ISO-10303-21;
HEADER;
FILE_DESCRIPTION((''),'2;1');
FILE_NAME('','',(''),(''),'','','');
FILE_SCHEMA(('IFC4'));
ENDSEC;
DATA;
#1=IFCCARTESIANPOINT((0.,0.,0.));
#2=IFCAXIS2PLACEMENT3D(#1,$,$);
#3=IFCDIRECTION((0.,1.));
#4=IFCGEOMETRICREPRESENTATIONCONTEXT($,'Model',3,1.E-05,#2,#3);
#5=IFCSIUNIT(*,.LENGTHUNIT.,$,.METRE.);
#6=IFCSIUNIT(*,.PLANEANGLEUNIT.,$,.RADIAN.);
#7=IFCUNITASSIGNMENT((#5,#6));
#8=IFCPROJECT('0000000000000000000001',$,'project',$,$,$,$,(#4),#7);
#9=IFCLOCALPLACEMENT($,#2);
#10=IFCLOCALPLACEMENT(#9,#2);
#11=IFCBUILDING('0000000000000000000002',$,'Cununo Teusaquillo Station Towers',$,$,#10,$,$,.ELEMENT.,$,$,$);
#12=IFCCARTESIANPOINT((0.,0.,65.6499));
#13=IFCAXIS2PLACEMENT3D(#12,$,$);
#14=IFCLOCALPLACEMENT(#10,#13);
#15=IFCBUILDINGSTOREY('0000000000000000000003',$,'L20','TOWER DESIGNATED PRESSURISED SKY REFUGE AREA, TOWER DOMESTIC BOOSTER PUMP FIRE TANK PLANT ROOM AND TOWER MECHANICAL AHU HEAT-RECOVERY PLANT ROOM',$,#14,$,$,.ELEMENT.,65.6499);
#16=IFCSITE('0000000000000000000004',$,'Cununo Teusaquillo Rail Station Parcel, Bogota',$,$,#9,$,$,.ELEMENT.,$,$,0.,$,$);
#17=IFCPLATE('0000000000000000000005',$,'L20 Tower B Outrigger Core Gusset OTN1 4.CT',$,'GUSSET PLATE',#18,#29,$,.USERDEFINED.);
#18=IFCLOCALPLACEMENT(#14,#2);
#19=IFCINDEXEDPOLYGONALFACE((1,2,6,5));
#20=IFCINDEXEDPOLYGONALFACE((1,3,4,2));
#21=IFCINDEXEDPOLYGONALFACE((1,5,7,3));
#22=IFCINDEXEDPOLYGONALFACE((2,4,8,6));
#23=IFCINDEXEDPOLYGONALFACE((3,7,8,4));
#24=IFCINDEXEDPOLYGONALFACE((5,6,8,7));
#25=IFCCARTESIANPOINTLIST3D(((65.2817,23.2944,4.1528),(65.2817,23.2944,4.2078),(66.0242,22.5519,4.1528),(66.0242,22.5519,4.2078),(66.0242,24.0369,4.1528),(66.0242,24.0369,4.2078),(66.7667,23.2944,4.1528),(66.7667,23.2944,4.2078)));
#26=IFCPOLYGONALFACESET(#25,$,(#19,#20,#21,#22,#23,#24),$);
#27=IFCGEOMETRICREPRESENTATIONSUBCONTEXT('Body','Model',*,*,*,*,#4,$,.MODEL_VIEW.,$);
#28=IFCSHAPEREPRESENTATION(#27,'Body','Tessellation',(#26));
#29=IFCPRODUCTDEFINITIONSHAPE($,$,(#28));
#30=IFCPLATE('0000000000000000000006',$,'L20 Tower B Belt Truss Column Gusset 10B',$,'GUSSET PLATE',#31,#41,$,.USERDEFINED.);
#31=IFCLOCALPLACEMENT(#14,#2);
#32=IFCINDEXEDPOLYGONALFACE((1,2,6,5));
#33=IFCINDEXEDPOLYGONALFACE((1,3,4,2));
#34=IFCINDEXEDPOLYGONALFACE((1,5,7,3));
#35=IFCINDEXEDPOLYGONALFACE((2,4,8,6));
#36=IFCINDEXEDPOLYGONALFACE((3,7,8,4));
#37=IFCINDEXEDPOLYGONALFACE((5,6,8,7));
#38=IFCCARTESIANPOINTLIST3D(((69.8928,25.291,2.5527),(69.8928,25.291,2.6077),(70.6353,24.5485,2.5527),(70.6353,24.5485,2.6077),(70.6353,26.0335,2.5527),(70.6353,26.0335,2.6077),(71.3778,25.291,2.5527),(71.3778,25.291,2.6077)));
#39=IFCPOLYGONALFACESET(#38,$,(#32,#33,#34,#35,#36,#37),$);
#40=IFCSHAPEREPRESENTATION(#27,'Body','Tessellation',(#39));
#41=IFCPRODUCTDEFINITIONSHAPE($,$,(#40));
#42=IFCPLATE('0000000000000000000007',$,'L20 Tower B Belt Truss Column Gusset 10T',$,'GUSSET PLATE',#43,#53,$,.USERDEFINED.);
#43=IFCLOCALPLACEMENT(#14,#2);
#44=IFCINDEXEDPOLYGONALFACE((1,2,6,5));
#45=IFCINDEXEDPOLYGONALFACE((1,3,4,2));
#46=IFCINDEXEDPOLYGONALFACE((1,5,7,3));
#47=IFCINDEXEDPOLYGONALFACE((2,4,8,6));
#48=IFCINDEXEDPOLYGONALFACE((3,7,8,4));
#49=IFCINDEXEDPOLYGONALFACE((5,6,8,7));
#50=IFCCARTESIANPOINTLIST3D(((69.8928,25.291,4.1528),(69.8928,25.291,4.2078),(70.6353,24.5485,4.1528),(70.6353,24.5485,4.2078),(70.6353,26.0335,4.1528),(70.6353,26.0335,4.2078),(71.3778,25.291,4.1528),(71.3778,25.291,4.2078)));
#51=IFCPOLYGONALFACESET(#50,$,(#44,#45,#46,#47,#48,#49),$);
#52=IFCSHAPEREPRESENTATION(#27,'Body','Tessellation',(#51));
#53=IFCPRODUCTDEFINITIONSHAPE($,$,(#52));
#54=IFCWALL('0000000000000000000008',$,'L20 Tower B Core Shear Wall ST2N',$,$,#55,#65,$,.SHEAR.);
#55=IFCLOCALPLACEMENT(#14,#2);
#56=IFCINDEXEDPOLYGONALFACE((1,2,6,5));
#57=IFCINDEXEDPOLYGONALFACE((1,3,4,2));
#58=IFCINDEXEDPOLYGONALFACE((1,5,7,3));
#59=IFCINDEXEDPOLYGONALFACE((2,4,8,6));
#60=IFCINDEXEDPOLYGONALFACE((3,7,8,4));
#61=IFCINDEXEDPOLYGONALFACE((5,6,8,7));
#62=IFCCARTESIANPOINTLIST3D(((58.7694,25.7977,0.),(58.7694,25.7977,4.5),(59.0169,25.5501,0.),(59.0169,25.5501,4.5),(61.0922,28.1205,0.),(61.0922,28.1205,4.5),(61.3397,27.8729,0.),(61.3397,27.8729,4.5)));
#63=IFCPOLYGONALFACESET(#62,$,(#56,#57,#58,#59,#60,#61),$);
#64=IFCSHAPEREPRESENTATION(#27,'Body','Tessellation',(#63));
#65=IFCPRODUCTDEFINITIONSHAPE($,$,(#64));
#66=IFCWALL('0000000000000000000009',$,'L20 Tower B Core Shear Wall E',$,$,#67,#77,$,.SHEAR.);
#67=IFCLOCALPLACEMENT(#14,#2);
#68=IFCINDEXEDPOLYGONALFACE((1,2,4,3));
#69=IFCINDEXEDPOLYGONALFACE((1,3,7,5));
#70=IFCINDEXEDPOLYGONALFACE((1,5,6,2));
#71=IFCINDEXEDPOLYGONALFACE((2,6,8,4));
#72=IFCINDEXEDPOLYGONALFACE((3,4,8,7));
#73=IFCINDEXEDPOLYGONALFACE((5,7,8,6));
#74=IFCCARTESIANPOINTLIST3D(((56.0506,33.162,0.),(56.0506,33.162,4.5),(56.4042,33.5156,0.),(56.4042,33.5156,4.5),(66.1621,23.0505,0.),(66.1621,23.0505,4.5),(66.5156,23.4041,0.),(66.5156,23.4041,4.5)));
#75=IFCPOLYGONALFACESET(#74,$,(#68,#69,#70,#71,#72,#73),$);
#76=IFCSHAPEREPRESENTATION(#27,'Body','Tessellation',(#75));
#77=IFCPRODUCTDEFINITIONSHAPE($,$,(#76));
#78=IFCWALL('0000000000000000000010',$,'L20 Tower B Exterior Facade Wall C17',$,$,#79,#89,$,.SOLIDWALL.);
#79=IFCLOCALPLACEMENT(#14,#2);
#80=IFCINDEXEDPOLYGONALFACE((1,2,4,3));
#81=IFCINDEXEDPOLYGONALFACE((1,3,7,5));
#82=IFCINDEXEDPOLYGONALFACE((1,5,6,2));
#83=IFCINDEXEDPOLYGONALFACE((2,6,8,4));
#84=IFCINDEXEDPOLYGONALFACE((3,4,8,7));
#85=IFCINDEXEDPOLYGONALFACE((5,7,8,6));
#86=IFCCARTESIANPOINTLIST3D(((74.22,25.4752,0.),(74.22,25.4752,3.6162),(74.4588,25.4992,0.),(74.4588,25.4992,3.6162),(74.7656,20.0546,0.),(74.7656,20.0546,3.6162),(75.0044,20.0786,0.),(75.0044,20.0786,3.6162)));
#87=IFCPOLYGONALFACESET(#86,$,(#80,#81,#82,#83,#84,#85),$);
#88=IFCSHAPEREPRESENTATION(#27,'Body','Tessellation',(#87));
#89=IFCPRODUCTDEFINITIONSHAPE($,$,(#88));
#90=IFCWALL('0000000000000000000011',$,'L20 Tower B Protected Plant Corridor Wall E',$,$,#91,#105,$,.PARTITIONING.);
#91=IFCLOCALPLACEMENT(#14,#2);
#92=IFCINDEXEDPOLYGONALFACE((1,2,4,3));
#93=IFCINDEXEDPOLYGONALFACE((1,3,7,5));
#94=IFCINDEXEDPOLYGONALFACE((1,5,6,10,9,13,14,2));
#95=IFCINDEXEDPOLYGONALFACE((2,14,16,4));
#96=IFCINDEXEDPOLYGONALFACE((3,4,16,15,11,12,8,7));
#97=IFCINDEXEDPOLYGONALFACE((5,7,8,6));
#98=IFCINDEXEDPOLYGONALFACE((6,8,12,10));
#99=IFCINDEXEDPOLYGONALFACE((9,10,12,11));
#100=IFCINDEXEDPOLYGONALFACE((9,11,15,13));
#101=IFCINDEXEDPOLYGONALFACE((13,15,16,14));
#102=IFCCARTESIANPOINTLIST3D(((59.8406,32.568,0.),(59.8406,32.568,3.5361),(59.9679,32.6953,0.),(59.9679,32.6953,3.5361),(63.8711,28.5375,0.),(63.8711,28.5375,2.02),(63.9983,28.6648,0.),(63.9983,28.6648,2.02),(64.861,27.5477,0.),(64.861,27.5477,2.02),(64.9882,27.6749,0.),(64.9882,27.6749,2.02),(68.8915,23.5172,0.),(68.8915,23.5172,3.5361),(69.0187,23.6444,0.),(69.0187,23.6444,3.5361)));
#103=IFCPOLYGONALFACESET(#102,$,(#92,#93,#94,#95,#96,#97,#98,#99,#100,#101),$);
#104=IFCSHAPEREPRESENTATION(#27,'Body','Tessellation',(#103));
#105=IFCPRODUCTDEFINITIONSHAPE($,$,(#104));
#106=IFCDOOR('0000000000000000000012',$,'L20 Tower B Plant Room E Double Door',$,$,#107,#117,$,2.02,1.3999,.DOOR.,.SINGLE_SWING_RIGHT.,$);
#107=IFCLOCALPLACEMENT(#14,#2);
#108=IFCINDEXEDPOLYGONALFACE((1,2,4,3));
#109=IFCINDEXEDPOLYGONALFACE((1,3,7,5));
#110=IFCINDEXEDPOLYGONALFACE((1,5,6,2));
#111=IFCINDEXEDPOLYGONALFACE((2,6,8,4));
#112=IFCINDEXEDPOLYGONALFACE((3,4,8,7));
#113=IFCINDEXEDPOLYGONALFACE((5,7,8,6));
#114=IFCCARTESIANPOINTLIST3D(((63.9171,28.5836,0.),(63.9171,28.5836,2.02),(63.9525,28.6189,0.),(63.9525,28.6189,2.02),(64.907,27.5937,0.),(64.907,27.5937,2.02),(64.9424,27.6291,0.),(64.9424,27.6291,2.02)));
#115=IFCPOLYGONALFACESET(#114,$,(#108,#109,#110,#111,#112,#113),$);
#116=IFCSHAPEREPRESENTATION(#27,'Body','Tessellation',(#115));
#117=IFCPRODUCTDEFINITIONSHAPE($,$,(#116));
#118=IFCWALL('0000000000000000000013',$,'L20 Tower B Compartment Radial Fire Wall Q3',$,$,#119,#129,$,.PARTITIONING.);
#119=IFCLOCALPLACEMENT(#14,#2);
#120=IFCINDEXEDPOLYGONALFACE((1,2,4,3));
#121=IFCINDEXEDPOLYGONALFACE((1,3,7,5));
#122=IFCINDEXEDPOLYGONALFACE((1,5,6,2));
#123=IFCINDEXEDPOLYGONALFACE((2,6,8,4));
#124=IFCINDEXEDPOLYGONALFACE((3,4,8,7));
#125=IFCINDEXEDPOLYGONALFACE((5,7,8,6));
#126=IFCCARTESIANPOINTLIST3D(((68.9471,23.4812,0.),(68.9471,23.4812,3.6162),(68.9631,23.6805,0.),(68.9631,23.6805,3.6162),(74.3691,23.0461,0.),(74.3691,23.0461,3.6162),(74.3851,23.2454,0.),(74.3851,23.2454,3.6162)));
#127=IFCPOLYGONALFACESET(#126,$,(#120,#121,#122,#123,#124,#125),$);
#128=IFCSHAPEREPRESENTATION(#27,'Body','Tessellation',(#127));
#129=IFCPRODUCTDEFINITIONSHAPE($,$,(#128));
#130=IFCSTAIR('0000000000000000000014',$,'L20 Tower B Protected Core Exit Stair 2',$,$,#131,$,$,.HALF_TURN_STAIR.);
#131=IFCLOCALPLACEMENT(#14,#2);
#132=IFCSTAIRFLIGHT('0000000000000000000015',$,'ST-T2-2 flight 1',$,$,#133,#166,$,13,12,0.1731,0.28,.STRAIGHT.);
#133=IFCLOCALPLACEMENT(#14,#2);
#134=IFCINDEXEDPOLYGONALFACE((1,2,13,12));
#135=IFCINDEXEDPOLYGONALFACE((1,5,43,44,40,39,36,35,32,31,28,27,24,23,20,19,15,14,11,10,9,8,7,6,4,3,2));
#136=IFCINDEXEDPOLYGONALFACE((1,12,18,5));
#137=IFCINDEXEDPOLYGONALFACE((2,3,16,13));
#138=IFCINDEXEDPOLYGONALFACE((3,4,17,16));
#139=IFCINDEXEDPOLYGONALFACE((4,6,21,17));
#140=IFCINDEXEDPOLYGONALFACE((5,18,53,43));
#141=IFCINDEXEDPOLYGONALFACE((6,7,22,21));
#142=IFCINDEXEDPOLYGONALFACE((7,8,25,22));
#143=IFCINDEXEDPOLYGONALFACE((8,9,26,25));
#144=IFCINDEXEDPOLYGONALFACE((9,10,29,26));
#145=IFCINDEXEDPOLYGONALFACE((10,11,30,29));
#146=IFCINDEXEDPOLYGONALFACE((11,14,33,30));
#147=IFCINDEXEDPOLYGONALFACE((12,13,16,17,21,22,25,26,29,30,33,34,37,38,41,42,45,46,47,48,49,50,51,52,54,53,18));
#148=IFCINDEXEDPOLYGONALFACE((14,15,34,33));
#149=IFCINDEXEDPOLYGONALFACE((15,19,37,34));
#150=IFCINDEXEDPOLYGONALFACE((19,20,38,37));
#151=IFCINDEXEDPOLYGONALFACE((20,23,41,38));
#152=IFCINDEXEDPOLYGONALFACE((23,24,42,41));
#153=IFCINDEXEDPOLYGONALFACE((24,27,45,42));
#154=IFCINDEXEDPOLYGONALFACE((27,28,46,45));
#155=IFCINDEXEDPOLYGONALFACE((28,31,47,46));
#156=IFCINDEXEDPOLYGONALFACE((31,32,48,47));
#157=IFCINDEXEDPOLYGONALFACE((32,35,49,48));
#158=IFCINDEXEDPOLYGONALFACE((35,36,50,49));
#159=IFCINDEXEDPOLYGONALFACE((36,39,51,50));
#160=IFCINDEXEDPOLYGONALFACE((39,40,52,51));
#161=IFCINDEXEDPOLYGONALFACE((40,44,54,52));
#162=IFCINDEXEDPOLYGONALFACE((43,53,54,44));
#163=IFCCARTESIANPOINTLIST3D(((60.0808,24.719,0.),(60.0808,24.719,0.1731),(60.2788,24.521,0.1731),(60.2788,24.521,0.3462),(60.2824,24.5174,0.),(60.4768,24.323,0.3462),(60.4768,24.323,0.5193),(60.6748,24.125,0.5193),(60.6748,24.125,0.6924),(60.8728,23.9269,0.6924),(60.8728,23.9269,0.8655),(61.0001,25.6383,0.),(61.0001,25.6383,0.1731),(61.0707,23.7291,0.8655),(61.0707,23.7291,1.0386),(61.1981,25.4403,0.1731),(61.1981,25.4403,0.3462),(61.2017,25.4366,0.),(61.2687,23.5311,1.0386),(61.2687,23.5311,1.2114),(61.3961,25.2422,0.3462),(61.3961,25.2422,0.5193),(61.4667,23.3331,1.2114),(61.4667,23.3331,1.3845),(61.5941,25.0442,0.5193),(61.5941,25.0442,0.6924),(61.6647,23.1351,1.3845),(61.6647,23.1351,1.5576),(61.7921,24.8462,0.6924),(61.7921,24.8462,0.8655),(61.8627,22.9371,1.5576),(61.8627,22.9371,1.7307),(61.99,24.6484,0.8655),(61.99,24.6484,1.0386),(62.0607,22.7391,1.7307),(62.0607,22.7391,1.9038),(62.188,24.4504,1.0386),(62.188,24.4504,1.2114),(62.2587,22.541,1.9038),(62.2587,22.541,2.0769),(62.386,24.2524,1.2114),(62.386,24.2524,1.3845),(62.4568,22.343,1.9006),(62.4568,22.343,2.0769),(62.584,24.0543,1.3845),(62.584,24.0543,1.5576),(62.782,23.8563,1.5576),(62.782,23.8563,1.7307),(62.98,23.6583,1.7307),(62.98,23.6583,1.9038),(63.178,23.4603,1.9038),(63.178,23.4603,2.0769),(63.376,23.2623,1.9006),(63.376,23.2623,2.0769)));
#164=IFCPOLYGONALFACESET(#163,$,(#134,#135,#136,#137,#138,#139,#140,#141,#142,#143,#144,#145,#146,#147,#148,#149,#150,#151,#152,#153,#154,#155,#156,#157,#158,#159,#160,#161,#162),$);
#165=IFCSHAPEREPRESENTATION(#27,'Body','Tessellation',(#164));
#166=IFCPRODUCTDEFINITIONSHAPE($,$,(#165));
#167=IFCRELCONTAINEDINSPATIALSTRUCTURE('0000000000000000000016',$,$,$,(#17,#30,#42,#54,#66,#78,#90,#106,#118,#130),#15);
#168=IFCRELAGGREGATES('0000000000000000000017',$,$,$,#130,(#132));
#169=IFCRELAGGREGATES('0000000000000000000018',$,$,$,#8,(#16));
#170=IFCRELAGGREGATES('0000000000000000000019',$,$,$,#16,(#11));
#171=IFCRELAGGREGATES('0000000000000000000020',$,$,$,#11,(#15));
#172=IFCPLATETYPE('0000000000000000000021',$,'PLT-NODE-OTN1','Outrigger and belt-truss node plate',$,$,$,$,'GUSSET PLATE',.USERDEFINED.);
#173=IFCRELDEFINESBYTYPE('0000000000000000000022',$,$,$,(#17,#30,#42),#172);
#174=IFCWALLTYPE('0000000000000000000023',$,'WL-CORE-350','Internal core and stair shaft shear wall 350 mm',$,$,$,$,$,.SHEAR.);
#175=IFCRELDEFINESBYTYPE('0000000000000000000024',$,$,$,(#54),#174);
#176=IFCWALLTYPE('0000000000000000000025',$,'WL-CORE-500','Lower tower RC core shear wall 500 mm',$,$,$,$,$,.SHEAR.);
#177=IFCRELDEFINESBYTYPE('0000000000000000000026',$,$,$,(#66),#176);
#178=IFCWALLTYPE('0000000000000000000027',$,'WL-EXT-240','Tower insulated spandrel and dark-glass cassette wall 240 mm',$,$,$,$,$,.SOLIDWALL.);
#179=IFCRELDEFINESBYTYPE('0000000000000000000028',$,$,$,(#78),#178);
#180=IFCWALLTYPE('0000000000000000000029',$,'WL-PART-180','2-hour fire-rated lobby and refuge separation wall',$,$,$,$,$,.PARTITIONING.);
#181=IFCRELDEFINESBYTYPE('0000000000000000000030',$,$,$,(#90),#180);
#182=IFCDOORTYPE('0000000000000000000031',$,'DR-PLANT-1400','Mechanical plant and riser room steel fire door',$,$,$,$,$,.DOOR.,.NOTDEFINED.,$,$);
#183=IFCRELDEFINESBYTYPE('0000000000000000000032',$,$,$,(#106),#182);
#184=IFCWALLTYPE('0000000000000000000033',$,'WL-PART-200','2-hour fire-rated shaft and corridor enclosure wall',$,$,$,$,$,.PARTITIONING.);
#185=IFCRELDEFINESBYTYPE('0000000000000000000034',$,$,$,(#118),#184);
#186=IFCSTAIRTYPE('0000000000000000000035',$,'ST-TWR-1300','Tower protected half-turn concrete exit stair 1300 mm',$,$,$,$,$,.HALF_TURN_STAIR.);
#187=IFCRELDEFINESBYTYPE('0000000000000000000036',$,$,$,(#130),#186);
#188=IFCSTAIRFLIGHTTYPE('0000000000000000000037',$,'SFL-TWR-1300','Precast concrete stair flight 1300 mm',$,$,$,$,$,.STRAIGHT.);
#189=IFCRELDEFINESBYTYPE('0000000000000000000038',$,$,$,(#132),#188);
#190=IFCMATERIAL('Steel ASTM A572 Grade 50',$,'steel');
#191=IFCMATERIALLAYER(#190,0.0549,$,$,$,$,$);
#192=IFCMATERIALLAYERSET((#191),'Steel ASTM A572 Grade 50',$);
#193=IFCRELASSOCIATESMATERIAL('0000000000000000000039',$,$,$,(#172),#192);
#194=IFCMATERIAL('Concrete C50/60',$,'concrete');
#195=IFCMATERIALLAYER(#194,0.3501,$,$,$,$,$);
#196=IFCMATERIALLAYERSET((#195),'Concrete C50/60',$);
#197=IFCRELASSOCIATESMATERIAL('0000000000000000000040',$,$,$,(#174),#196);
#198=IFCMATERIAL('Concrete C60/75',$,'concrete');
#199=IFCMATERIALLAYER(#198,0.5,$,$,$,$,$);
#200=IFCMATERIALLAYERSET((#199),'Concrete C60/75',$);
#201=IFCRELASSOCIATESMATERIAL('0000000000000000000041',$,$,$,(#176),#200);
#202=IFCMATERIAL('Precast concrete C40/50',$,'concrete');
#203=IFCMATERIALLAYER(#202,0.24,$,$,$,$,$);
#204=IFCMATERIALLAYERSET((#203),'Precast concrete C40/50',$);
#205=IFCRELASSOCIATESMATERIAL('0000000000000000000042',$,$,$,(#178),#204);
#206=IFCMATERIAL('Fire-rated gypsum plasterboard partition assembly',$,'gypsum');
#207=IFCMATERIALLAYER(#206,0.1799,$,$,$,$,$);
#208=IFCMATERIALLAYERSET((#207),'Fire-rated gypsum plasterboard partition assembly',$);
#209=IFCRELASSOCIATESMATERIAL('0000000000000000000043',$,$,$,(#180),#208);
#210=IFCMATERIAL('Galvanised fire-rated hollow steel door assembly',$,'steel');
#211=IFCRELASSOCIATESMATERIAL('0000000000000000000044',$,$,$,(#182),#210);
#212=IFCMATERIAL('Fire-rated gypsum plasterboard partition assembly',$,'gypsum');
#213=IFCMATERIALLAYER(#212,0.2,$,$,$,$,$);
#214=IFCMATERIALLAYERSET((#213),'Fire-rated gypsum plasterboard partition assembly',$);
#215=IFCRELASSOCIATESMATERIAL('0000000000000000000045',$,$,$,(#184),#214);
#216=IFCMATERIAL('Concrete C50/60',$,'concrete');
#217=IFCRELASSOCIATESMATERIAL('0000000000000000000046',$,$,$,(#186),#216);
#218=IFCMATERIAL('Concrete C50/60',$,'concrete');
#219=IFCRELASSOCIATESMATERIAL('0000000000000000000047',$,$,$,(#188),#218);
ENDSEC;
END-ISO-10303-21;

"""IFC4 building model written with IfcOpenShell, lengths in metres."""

from ifc_helpers import new_model, si_unit, direction, frame, frame_2d, origin, origin_2d, place, context, subcontext, project, spatial, polyline, rectangle, outline, extrude, source, transform, mapped, material, layer, layer_set, type_object, element, fill, aggregate, save


model = new_model("IFC4")

# Units and contexts
model_context = context("Model", 3, precision=1e-05, world=origin(), true_north=direction((0.0, 1.0)))
body_context = subcontext(model_context, "Body", "Model", "MODEL_VIEW")
ifc_project = project(units=[si_unit("LENGTHUNIT", "METRE"), si_unit("PLANEANGLEUNIT", "RADIAN")], contexts=[model_context])

# Site, building, storey
site_placement = place(None, origin())
site = spatial("IfcSite", under=ifc_project, at=site_placement, Name="Cununo Teusaquillo Rail Station Parcel, Bogota", CompositionType="ELEMENT", RefElevation=0.0)
building_placement = place(site_placement, origin())
building = spatial("IfcBuilding", under=site, at=building_placement, Name="Cununo Teusaquillo Station Towers", CompositionType="ELEMENT")
storey_placement = place(building_placement, frame((0.0, 0.0, 65.6499)))
storey = spatial("IfcBuildingStorey", under=building, at=storey_placement, Name="L20", Description="TOWER DESIGNATED PRESSURISED SKY REFUGE AREA, TOWER DOMESTIC BOOSTER PUMP FIRE TANK PLANT ROOM AND TOWER MECHANICAL AHU HEAT-RECOVERY PLANT ROOM", CompositionType="ELEMENT", Elevation=65.6499)

# Plates
ifc_material_1 = material(Name="Steel ASTM A572 Grade 50", Category="steel")
ifc_layer_1 = layer(ifc_material_1, 0.0549)
ifc_layer_set_1 = layer_set([ifc_layer_1], Name="Steel ASTM A572 Grade 50")
plate_type_1 = type_object("IfcPlateType", Name="PLT-NODE-OTN1", Description="Outrigger and belt-truss node plate", ElementType="GUSSET PLATE", PredefinedType="USERDEFINED", material=ifc_layer_set_1)
shared_shape_1 = source(origin(), body_context, "Body", "SweptSolid", [
    extrude(rectangle(XDim=1.05, YDim=1.05, at=origin_2d()), origin(), (0.0, 0.0, 1.0), 0.0549),
])
for number, where, z_axis, x_axis, name in (
    (1, (66.0242, 23.2944, 4.1528), (0.0, 0.0, 1.0), (0.707107, 0.707107, 0.0), "L20 Tower B Outrigger Core Gusset OTN1 4.CT"),
    (2, (70.6353, 25.291, 2.5527), (0.0, 0.0, 1.0), (0.707107, 0.707107, 0.0), "L20 Tower B Belt Truss Column Gusset 10B"),
    (3, (70.6353, 25.291, 4.1528), (0.0, 0.0, 1.0), (0.707107, 0.707107, 0.0), "L20 Tower B Belt Truss Column Gusset 10T"),
):
    element("IfcPlate", number, at=place(storey_placement, frame(where, z_axis=z_axis, x_axis=x_axis)), inside=storey, type_object=plate_type_1, Name=name, ObjectType="GUSSET PLATE", PredefinedType="USERDEFINED", context=body_context, shape_type="MappedRepresentation", body=[
        mapped(shared_shape_1, transform((0.0, 0.0, 0.0), x_axis=(1.0, 0.0, 0.0), y_axis=(0.0, 1.0, 0.0), z_axis=(0.0, 0.0, 1.0), scale=1.0)),
    ])

# Walls
ifc_material_2 = material(Name="Concrete C50/60", Category="concrete")
ifc_layer_2 = layer(ifc_material_2, 0.3501)
ifc_layer_set_2 = layer_set([ifc_layer_2], Name="Concrete C50/60")
wall_type_1 = type_object("IfcWallType", Name="WL-CORE-350", Description="Internal core and stair shaft shear wall 350 mm", PredefinedType="SHEAR", material=ifc_layer_set_2)
wall_1_placement = place(storey_placement, frame((58.8931, 25.6738, 0.0), z_axis=(0.0, 0.0, 1.0), x_axis=(0.707107, 0.707107, 0.0)))
element("IfcWall", 4, at=wall_1_placement, inside=storey, type_object=wall_type_1, Name="L20 Tower B Core Shear Wall ST2N", PredefinedType="SHEAR", context=body_context, shape_type="SweptSolid", body=[
    extrude(rectangle(XDim=3.2849, YDim=0.3501, at=frame_2d((1.6426, 0.0))), origin(), (0.0, 0.0, 1.0), 4.5),
])
ifc_material_3 = material(Name="Concrete C60/75", Category="concrete")
ifc_layer_3 = layer(ifc_material_3, 0.5)
ifc_layer_set_3 = layer_set([ifc_layer_3], Name="Concrete C60/75")
wall_type_2 = type_object("IfcWallType", Name="WL-CORE-500", Description="Lower tower RC core shear wall 500 mm", PredefinedType="SHEAR", material=ifc_layer_set_3)
wall_2_placement = place(storey_placement, frame((66.3389, 23.2273, 0.0), z_axis=(0.0, 0.0, 1.0), x_axis=(-0.707107, 0.707107, 0.0)))
element("IfcWall", 5, at=wall_2_placement, inside=storey, type_object=wall_type_2, Name="L20 Tower B Core Shear Wall E", PredefinedType="SHEAR", context=body_context, shape_type="SweptSolid", body=[
    extrude(rectangle(XDim=14.2998, YDim=0.5, at=frame_2d((7.1499, 0.0))), origin(), (0.0, 0.0, 1.0), 4.5),
])
ifc_material_4 = material(Name="Precast concrete C40/50", Category="concrete")
ifc_layer_4 = layer(ifc_material_4, 0.24)
ifc_layer_set_4 = layer_set([ifc_layer_4], Name="Precast concrete C40/50")
wall_type_3 = type_object("IfcWallType", Name="WL-EXT-240", Description="Tower insulated spandrel and dark-glass cassette wall 240 mm", PredefinedType="SOLIDWALL", material=ifc_layer_set_4)
wall_3_placement = place(storey_placement, frame((74.3394, 25.4873, 0.0), z_axis=(0.0, 0.0, 1.0), x_axis=(0.100156, -0.994972, 0.0)))
element("IfcWall", 6, at=wall_3_placement, inside=storey, type_object=wall_type_3, Name="L20 Tower B Exterior Facade Wall C17", PredefinedType="SOLIDWALL", context=body_context, shape_type="SweptSolid", body=[
    extrude(rectangle(XDim=5.448, YDim=0.24, at=frame_2d((2.7241, 0.0))), origin(), (0.0, 0.0, 1.0), 3.6162),
])

# Wall, opening, door
ifc_material_5 = material(Name="Fire-rated gypsum plasterboard partition assembly", Category="gypsum")
ifc_layer_5 = layer(ifc_material_5, 0.1799)
ifc_layer_set_5 = layer_set([ifc_layer_5], Name="Fire-rated gypsum plasterboard partition assembly")
wall_type_4 = type_object("IfcWallType", Name="WL-PART-180", Description="2-hour fire-rated lobby and refuge separation wall", PredefinedType="PARTITIONING", material=ifc_layer_set_5)
wall_4_placement = place(storey_placement, frame((68.9551, 23.5808, 0.0), z_axis=(0.0, 0.0, 1.0), x_axis=(-0.707107, 0.707107, 0.0)))
wall_4 = element("IfcWall", 7, at=wall_4_placement, inside=storey, type_object=wall_type_4, Name="L20 Tower B Protected Plant Corridor Wall E", PredefinedType="PARTITIONING", context=body_context, shape_type="SweptSolid", body=[
    extrude(rectangle(XDim=12.7998, YDim=0.1799, at=frame_2d((6.3999, 0.0))), origin(), (0.0, 0.0, 1.0), 3.5361),
])
shared_shape_2 = source(origin(), body_context, "Body", "SweptSolid", [
    extrude(rectangle(XDim=1.3999, YDim=2.02, at=frame_2d((0.7, 1.01))), frame((0.0, 0.0999, 0.0), z_axis=(0.0, -1.0, 0.0), x_axis=(1.0, 0.0, 0.0)), (0.0, 0.0, 1.0), 0.2),
])
opening_placement = place(wall_4_placement, frame((5.7, 0.0, 0.0)))
opening = element("IfcOpeningElement", 8, at=opening_placement, cuts=wall_4, PredefinedType="OPENING", context=body_context, shape_type="MappedRepresentation", body=[
    mapped(shared_shape_2, transform((0.0, 0.0, 0.0), x_axis=(1.0, 0.0, 0.0), y_axis=(0.0, 1.0, 0.0), z_axis=(0.0, 0.0, 1.0), scale=1.0)),
])
ifc_material_6 = material(Name="Galvanised fire-rated hollow steel door assembly", Category="steel")
door_type = type_object("IfcDoorType", Name="DR-PLANT-1400", Description="Mechanical plant and riser room steel fire door", OperationType="NOTDEFINED", PredefinedType="DOOR", material=ifc_material_6)
shared_shape_3 = source(origin(), body_context, "Body", "SweptSolid", [
    extrude(rectangle(XDim=1.3999, YDim=2.02, at=frame_2d((0.7, 1.01))), frame((0.0, 0.0249, 0.0), z_axis=(0.0, -1.0, 0.0), x_axis=(1.0, 0.0, 0.0)), (0.0, 0.0, 1.0), 0.05),
])
door_placement = place(opening_placement, origin())
door = element("IfcDoor", 9, at=door_placement, inside=storey, type_object=door_type, Name="L20 Tower B Plant Room E Double Door", OperationType="SINGLE_SWING_RIGHT", OverallHeight=2.02, OverallWidth=1.3999, PredefinedType="DOOR", context=body_context, shape_type="MappedRepresentation", body=[
    mapped(shared_shape_3, transform((0.0, 0.0, 0.0), x_axis=(1.0, 0.0, 0.0), y_axis=(0.0, 1.0, 0.0), z_axis=(0.0, 0.0, 1.0), scale=1.0)),
])
fill(opening, door)

# Wall
ifc_material_7 = material(Name="Fire-rated gypsum plasterboard partition assembly", Category="gypsum")
ifc_layer_6 = layer(ifc_material_7, 0.2)
ifc_layer_set_6 = layer_set([ifc_layer_6], Name="Fire-rated gypsum plasterboard partition assembly")
wall_type_5 = type_object("IfcWallType", Name="WL-PART-200", Description="2-hour fire-rated shaft and corridor enclosure wall", PredefinedType="PARTITIONING", material=ifc_layer_set_6)
wall_5_placement = place(storey_placement, frame((68.9551, 23.5808, 0.0), z_axis=(0.0, 0.0, 1.0), x_axis=(0.996796, -0.079981, 0.0)))
element("IfcWall", 10, at=wall_5_placement, inside=storey, type_object=wall_type_5, Name="L20 Tower B Compartment Radial Fire Wall Q3", PredefinedType="PARTITIONING", context=body_context, shape_type="SweptSolid", body=[
    extrude(rectangle(XDim=5.4395, YDim=0.2, at=frame_2d((2.7197, 0.0))), origin(), (0.0, 0.0, 1.0), 3.6162),
])

# Stair, stair flight
ifc_material_8 = material(Name="Concrete C50/60", Category="concrete")
stair_type = type_object("IfcStairType", Name="ST-TWR-1300", Description="Tower protected half-turn concrete exit stair 1300 mm", PredefinedType="HALF_TURN_STAIR", material=ifc_material_8)
stair_placement = place(storey_placement, origin())
stair = element("IfcStair", 11, at=stair_placement, inside=storey, type_object=stair_type, Name="L20 Tower B Protected Core Exit Stair 2", PredefinedType="HALF_TURN_STAIR")
ifc_material_9 = material(Name="Concrete C50/60", Category="concrete")
stair_flight_type = type_object("IfcStairFlightType", Name="SFL-TWR-1300", Description="Precast concrete stair flight 1300 mm", PredefinedType="STRAIGHT", material=ifc_material_9)
stair_flight_1_placement = place(storey_placement, frame((60.5405, 25.1787, 0.0), z_axis=(0.0, 0.0, 1.0), x_axis=(0.707107, -0.707107, 0.0)))
stair_flight_1 = element("IfcStairFlight", 12, at=stair_flight_1_placement, type_object=stair_flight_type, Name="ST-T2-2 flight 1", NumberOfRisers=13, NumberOfTreads=12, PredefinedType="STRAIGHT", RiserHeight=0.1731, TreadLength=0.28, context=body_context, shape_type="SweptSolid", body=[
    extrude(outline(polyline([(0.0, 0.0), (0.0, 0.1731), (0.28, 0.1731), (0.28, 0.3462), (0.5601, 0.3462), (0.5601, 0.5193), (0.8401, 0.5193), (0.8401, 0.6924), (1.1201, 0.6924), (1.1201, 0.8655), (1.3999, 0.8655), (1.3999, 1.0386), (1.6799, 1.0386), (1.6799, 1.2114), (1.96, 1.2114), (1.96, 1.3845), (2.24, 1.3845), (2.24, 1.5576), (2.52, 1.5576), (2.52, 1.7307), (2.8, 1.7307), (2.8, 1.9038), (3.0801, 1.9038), (3.0801, 2.0769), (3.3601, 2.0769), (3.3601, 2.25), (3.3601, 1.9006), (0.2852, 0.0), (0.0, 0.0)])), frame((0.0, 0.6499, 0.0), z_axis=(0.0, -1.0, 0.0), x_axis=(1.0, 0.0, 0.0)), (0.0, 0.0, 1.0), 1.3),
])
aggregate(stair, [stair_flight_1])

save(model, "model.ifc")
